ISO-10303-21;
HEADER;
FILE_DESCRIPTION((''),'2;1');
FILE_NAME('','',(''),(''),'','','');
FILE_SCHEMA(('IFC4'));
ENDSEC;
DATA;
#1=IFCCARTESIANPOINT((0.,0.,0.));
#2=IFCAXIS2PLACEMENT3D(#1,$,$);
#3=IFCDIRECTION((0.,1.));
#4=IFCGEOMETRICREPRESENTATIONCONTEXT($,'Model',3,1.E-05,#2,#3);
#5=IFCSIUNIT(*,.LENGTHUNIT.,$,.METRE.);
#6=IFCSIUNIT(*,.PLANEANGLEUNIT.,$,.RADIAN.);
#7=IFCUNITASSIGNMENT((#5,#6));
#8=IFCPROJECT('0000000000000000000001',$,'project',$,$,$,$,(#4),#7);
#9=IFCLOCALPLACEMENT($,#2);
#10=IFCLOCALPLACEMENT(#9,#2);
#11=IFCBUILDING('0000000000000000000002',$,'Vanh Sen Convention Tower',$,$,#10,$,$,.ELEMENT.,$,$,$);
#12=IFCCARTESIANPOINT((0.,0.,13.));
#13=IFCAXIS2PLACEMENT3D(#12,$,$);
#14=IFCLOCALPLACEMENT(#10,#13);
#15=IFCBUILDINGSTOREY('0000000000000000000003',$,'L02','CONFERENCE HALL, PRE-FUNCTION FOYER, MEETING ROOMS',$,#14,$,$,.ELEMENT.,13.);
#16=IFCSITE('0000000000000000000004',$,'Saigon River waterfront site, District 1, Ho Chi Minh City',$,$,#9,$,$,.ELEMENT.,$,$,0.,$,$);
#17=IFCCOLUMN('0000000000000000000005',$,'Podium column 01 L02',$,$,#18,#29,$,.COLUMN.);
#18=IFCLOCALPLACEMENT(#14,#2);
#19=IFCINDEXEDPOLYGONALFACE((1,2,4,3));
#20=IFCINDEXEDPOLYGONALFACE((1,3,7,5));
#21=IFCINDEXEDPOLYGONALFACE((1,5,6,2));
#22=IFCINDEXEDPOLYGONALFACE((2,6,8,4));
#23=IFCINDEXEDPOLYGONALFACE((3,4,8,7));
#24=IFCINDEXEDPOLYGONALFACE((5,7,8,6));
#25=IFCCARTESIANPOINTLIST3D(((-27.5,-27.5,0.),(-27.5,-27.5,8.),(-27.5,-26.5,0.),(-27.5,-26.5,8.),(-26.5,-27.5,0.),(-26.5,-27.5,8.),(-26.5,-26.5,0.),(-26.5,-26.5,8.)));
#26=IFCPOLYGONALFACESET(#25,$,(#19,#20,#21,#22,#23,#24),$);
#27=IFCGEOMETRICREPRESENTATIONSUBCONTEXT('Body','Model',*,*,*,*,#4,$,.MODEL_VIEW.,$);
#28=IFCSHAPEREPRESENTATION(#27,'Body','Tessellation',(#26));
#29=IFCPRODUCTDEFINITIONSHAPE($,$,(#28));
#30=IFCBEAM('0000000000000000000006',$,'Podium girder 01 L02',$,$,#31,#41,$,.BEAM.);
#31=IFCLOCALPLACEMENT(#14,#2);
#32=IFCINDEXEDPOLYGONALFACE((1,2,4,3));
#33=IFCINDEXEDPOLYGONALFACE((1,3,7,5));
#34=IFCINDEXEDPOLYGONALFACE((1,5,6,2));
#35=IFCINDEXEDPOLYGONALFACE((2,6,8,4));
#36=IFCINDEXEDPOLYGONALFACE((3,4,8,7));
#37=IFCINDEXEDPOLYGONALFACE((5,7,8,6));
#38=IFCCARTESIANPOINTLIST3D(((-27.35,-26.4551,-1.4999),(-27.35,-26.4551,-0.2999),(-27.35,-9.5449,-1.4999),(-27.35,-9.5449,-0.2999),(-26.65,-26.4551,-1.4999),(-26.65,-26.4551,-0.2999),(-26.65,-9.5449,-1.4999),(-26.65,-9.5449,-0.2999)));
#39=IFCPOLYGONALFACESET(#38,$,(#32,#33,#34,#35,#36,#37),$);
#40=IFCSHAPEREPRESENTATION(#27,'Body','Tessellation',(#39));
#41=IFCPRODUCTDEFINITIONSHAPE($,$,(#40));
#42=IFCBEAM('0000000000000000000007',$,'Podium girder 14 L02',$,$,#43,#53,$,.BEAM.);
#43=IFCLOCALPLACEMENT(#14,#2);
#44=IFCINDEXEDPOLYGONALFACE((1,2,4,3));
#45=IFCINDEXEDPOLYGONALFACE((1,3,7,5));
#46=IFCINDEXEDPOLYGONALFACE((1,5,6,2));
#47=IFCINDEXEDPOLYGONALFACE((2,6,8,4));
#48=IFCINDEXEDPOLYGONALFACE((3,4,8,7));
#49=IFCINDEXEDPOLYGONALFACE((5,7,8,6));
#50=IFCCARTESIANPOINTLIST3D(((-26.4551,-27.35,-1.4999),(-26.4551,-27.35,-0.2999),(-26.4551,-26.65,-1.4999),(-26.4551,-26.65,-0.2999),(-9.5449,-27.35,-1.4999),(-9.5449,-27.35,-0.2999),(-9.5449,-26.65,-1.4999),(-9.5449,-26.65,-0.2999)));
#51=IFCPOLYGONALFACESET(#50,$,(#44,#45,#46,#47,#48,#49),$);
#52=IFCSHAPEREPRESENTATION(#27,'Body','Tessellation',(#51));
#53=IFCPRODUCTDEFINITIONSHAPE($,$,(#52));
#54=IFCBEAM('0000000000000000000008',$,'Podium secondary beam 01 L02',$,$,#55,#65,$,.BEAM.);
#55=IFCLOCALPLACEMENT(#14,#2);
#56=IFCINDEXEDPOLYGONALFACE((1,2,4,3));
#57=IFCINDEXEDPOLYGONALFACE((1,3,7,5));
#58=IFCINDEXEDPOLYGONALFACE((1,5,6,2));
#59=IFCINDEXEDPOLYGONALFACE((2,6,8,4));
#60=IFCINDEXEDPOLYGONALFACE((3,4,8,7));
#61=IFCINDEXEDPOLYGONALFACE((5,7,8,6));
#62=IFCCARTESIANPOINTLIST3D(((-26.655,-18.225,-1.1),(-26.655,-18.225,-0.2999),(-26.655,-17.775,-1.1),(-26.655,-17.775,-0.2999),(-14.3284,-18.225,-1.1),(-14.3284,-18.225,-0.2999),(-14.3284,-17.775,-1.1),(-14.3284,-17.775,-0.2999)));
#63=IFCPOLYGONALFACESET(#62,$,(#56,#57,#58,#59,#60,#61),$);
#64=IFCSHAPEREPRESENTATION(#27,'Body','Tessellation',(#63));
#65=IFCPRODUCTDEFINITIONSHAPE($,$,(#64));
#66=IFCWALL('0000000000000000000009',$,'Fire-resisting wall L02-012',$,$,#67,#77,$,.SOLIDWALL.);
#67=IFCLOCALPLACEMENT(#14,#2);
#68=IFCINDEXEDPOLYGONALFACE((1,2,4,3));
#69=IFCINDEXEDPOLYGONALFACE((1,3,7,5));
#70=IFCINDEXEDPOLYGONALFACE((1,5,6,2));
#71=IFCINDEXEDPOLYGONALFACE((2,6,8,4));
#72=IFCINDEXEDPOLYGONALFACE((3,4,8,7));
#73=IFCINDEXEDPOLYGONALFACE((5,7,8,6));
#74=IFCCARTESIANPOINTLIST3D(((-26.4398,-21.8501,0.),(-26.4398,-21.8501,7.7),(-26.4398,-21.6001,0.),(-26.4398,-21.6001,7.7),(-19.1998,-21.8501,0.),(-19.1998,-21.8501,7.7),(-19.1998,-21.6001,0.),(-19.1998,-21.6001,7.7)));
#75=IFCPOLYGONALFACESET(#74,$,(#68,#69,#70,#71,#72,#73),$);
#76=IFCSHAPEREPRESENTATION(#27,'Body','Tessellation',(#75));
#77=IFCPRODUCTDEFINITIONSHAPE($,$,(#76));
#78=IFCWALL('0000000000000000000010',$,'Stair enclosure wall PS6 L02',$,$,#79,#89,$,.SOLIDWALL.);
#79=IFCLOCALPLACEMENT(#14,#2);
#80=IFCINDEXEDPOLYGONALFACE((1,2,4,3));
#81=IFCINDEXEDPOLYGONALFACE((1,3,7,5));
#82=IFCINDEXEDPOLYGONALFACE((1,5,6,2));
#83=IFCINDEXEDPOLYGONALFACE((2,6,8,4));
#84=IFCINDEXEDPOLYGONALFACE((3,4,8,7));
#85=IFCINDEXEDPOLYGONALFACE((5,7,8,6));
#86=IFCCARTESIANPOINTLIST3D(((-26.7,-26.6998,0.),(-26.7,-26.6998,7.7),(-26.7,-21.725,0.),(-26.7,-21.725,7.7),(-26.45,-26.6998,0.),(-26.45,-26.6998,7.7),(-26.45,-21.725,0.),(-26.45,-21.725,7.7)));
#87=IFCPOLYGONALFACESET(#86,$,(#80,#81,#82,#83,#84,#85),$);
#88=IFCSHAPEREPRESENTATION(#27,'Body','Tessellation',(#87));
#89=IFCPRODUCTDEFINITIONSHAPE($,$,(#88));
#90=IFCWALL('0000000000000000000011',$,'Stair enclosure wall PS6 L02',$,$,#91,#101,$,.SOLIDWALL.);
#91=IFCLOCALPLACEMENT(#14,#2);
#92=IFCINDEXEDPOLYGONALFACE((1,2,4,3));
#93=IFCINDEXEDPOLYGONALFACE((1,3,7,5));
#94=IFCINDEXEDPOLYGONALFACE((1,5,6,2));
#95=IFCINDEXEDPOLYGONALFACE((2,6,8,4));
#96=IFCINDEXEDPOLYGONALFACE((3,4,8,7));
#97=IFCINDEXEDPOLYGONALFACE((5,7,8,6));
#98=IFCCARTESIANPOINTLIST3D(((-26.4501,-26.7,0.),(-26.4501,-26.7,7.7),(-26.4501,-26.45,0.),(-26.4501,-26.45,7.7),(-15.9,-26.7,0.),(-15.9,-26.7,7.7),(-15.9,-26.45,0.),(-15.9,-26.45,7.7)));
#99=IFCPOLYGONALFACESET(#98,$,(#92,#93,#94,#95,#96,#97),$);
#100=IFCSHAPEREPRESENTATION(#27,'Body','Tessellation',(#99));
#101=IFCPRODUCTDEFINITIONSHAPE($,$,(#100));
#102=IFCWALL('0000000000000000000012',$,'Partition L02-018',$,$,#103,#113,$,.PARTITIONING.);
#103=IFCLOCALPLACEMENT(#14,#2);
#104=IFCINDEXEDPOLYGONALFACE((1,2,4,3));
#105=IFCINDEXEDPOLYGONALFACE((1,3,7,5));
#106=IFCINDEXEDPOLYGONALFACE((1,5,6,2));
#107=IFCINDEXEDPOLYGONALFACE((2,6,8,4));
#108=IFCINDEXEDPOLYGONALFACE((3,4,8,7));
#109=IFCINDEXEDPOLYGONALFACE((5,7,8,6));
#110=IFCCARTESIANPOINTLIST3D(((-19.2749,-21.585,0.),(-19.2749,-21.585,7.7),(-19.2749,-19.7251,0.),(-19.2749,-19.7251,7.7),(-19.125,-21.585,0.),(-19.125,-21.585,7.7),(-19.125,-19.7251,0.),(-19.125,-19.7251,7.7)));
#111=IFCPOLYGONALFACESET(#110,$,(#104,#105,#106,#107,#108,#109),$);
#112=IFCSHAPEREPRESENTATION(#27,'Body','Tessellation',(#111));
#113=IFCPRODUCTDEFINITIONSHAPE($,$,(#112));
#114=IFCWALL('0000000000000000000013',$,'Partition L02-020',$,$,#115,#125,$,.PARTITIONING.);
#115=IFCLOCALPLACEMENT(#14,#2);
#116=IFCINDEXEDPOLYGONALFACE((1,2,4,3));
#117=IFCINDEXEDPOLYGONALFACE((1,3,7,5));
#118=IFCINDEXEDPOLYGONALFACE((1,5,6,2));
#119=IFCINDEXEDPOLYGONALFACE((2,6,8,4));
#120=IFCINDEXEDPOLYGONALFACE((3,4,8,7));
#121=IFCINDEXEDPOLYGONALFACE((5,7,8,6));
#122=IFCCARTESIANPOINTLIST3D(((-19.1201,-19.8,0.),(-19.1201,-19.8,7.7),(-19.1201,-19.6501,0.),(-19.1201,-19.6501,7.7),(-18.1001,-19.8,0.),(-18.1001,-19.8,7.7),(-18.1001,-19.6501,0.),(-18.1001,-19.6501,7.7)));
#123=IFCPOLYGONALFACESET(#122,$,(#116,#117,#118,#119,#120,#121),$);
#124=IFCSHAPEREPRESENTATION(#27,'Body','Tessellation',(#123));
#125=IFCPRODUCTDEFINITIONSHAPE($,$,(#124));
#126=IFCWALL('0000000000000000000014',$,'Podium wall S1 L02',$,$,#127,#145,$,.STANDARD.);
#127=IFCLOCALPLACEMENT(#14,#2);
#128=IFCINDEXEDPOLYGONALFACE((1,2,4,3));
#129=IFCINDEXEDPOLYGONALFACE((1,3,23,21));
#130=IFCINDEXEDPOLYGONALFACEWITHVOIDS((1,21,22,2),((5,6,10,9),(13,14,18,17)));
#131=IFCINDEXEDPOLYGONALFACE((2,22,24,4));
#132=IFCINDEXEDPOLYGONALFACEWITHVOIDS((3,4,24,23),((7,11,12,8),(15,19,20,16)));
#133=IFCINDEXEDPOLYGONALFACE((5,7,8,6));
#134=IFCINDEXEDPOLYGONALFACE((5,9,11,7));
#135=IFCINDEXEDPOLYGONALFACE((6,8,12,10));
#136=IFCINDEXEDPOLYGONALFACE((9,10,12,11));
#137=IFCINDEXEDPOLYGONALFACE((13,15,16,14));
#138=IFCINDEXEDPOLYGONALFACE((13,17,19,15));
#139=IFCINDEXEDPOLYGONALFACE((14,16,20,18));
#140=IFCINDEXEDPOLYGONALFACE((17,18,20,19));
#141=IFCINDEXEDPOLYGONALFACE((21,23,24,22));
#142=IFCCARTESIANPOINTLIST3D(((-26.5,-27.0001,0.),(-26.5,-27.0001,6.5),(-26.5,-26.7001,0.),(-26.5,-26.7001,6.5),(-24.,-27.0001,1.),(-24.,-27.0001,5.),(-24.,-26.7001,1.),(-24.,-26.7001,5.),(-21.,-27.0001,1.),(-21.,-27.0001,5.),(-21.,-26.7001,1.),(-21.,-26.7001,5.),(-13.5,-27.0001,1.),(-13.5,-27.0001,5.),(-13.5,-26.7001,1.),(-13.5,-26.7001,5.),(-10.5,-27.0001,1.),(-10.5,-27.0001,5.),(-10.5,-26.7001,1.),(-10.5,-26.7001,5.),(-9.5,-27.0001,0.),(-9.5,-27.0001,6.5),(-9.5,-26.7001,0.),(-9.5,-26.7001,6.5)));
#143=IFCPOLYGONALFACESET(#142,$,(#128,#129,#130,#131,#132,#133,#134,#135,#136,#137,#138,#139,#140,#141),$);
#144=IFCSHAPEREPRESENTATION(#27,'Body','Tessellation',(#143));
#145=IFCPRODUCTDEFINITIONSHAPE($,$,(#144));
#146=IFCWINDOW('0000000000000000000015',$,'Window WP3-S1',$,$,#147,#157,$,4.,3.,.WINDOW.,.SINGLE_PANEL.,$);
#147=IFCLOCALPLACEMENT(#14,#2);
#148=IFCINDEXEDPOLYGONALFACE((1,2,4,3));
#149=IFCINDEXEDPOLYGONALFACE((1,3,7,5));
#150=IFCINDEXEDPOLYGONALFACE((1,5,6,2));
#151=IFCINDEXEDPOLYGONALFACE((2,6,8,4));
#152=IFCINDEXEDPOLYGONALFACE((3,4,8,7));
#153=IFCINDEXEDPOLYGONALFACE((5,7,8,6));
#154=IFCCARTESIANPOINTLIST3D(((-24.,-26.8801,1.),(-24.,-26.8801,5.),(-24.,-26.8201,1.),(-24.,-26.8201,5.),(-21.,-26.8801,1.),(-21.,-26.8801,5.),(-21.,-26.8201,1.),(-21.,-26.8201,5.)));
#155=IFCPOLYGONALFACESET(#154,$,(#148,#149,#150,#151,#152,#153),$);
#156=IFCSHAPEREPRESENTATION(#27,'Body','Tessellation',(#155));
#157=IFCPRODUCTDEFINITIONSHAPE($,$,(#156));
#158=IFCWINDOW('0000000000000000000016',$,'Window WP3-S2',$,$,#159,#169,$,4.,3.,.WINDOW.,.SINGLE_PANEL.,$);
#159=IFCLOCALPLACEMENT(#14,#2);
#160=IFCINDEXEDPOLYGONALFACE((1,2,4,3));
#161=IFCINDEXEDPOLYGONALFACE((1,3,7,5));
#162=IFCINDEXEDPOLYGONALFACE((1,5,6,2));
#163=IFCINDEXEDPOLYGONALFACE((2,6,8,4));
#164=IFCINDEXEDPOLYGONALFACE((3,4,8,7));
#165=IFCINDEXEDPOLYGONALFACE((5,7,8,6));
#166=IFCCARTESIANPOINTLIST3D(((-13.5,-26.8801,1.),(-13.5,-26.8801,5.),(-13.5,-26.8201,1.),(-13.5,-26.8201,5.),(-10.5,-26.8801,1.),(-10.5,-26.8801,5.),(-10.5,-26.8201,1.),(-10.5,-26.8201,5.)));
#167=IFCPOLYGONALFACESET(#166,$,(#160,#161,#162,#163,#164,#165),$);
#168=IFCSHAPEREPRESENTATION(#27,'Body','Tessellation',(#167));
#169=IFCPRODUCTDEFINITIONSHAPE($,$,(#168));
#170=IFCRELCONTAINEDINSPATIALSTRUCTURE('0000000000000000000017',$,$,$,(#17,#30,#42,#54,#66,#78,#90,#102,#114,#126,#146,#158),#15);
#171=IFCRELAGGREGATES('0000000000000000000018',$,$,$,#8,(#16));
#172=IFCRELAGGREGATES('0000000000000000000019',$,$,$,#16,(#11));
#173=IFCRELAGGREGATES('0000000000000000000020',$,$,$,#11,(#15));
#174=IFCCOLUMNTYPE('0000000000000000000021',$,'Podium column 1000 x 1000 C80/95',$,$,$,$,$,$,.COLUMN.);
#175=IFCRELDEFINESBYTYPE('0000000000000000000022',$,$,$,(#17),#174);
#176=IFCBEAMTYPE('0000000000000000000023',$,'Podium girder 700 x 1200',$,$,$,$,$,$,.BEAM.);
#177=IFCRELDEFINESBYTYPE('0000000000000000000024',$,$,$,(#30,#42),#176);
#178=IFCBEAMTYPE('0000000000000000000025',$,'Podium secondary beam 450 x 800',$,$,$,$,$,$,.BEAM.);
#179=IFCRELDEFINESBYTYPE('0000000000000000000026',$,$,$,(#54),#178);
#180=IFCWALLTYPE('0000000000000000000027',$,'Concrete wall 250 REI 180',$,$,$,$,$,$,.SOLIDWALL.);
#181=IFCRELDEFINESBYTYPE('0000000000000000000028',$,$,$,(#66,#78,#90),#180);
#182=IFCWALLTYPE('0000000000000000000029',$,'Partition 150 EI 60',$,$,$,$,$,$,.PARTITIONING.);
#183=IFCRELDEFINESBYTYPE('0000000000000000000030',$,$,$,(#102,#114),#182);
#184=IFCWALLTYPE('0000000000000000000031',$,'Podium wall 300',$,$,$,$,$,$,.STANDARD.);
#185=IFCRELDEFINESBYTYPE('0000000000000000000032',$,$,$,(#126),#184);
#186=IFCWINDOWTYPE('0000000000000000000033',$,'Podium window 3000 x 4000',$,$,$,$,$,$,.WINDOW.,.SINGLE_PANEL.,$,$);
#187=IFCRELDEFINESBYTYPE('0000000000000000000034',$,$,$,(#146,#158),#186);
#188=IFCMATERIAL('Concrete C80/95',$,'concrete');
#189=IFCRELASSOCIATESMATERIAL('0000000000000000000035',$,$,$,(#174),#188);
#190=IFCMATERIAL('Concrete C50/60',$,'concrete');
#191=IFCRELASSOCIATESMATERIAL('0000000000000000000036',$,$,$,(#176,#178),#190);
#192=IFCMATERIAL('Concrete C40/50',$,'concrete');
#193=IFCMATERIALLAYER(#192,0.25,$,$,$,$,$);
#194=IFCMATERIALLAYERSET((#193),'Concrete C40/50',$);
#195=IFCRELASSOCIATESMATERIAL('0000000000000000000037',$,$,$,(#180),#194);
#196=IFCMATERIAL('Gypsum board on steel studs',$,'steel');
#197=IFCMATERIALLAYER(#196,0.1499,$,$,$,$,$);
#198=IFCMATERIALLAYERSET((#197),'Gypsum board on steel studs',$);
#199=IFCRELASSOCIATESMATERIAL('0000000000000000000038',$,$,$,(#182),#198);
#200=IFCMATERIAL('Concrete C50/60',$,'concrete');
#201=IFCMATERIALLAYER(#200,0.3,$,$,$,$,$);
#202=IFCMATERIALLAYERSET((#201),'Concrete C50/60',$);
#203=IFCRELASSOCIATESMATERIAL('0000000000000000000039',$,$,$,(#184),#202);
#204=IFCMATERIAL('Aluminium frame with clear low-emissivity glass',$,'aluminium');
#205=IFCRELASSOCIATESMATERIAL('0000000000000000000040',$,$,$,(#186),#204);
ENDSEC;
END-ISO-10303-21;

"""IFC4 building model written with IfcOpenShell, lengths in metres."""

from ifc_helpers import new_model, si_unit, direction, frame, frame_2d, origin, origin_2d, place, context, subcontext, project, spatial, rectangle, extrude, material, layer, layer_set, material_profile, profile_set, type_object, element, fill, save


model = new_model("IFC4")

# Units and contexts
model_context = context("Model", 3, precision=1e-05, world=origin(), true_north=direction((0.0, 1.0)))
body_context = subcontext(model_context, "Body", "Model", "MODEL_VIEW")
ifc_project = project(units=[si_unit("LENGTHUNIT", "METRE"), si_unit("PLANEANGLEUNIT", "RADIAN")], contexts=[model_context])

# Site, building, storey
site_placement = place(None, origin())
site = spatial("IfcSite", under=ifc_project, at=site_placement, Name="Saigon River waterfront site, District 1, Ho Chi Minh City", CompositionType="ELEMENT", RefElevation=0.0)
building_placement = place(site_placement, origin())
building = spatial("IfcBuilding", under=site, at=building_placement, Name="Vanh Sen Convention Tower", CompositionType="ELEMENT")
storey_placement = place(building_placement, frame((0.0, 0.0, 13.0)))
storey = spatial("IfcBuildingStorey", under=building, at=storey_placement, Name="L02", Description="CONFERENCE HALL, PRE-FUNCTION FOYER, MEETING ROOMS", CompositionType="ELEMENT", Elevation=13.0)

# Column
ifc_material_1 = material(Name="Concrete C80/95", Category="concrete")
ifc_material_profile_1 = material_profile(ifc_material_1, rectangle(XDim=1.0, YDim=1.0, at=origin_2d()), Name="RC 1000X1000")
ifc_profile_set_1 = profile_set([ifc_material_profile_1], Name="Concrete C80/95")
column_type = type_object("IfcColumnType", Name="Podium column 1000 x 1000 C80/95", PredefinedType="COLUMN", material=ifc_profile_set_1)
column_placement = place(storey_placement, frame((-27.0, -27.0, 0.0), z_axis=(0.0, 0.0, 1.0), x_axis=(1.0, 0.0, 0.0)))
element("IfcColumn", 1, at=column_placement, inside=storey, type_object=column_type, Name="Podium column 01 L02", PredefinedType="COLUMN", context=body_context, shape_type="SweptSolid", body=[
    extrude(rectangle(XDim=1.0, YDim=1.0, at=origin_2d()), origin(), (0.0, 0.0, 1.0), 8.0),
])

# Beams
ifc_material_2 = material(Name="Concrete C50/60", Category="concrete")
ifc_material_profile_2 = material_profile(ifc_material_2, rectangle(XDim=0.7, YDim=1.2, at=origin_2d()), Name="RC 700X1200")
ifc_profile_set_2 = profile_set([ifc_material_profile_2], Name="Concrete C50/60")
beam_type_1 = type_object("IfcBeamType", Name="Podium girder 700 x 1200", PredefinedType="BEAM", material=ifc_profile_set_2)
for number, where, z_axis, x_axis, name in (
    (2, (-27.0, -26.4551, -0.8999), (0.0, 1.0, 0.0), (-1.0, 0.0, 0.0), "Podium girder 01 L02"),
    (3, (-26.4551, -27.0, -0.8999), (1.0, 0.0, 0.0), (0.0, 1.0, 0.0), "Podium girder 14 L02"),
):
    element("IfcBeam", number, at=place(storey_placement, frame(where, z_axis=z_axis, x_axis=x_axis)), inside=storey, type_object=beam_type_1, Name=name, PredefinedType="BEAM", context=body_context, shape_type="SweptSolid", body=[
        extrude(rectangle(XDim=0.7, YDim=1.2, at=origin_2d()), origin(), (0.0, 0.0, 1.0), 16.9102),
    ])
ifc_material_profile_3 = material_profile(ifc_material_2, rectangle(XDim=0.45, YDim=0.8, at=origin_2d()), Name="RC 450X800")
ifc_profile_set_3 = profile_set([ifc_material_profile_3], Name="Concrete C50/60")
beam_type_2 = type_object("IfcBeamType", Name="Podium secondary beam 450 x 800", PredefinedType="BEAM", material=ifc_profile_set_3)
beam_placement = place(storey_placement, frame((-26.655, -18.0, -0.7), z_axis=(1.0, 0.0, 0.0), x_axis=(0.0, 1.0, 0.0)))
element("IfcBeam", 4, at=beam_placement, inside=storey, type_object=beam_type_2, Name="Podium secondary beam 01 L02", PredefinedType="BEAM", context=body_context, shape_type="SweptSolid", body=[
    extrude(rectangle(XDim=0.45, YDim=0.8, at=origin_2d()), origin(), (0.0, 0.0, 1.0), 12.3267),
])

# Wall
ifc_material_3 = material(Name="Concrete C40/50", Category="concrete")
ifc_layer_1 = layer(ifc_material_3, 0.25)
ifc_layer_set_1 = layer_set([ifc_layer_1], Name="Concrete C40/50")
wall_type_1 = type_object("IfcWallType", Name="Concrete wall 250 REI 180", PredefinedType="SOLIDWALL", material=ifc_layer_set_1)
wall_1_placement = place(storey_placement, frame((-26.4399, -21.7251, 0.0), z_axis=(0.0, 0.0, 1.0), x_axis=(1.0, 0.0, 0.0)))
element("IfcWall", 5, at=wall_1_placement, inside=storey, type_object=wall_type_1, Name="Fire-resisting wall L02-012", PredefinedType="SOLIDWALL", context=body_context, shape_type="SweptSolid", body=[
    extrude(rectangle(XDim=7.24, YDim=0.25, at=frame_2d((3.6201, 0.0))), origin(), (0.0, 0.0, 1.0), 7.7),
])

# Walls
wall_2_placement = place(storey_placement, frame((-26.575, -21.7251, 0.0), z_axis=(0.0, 0.0, 1.0), x_axis=(0.0, -1.0, 0.0)))
element("IfcWall", 6, at=wall_2_placement, inside=storey, type_object=wall_type_1, Name="Stair enclosure wall PS6 L02", PredefinedType="SOLIDWALL", context=body_context, shape_type="SweptSolid", body=[
    extrude(rectangle(XDim=4.9749, YDim=0.25, at=frame_2d((2.4873, 0.0))), origin(), (0.0, 0.0, 1.0), 7.7),
])
wall_3_placement = place(storey_placement, frame((-26.45, -26.575, 0.0), z_axis=(0.0, 0.0, 1.0), x_axis=(1.0, 0.0, 0.0)))
element("IfcWall", 7, at=wall_3_placement, inside=storey, type_object=wall_type_1, Name="Stair enclosure wall PS6 L02", PredefinedType="SOLIDWALL", context=body_context, shape_type="SweptSolid", body=[
    extrude(rectangle(XDim=10.55, YDim=0.25, at=frame_2d((5.2749, 0.0))), origin(), (0.0, 0.0, 1.0), 7.7),
])
ifc_material_4 = material(Name="Gypsum board on steel studs", Category="steel")
ifc_layer_2 = layer(ifc_material_4, 0.1499)
ifc_layer_set_2 = layer_set([ifc_layer_2], Name="Gypsum board on steel studs")
wall_type_2 = type_object("IfcWallType", Name="Partition 150 EI 60", PredefinedType="PARTITIONING", material=ifc_layer_set_2)
wall_4_placement = place(storey_placement, frame((-19.2, -21.585, 0.0), z_axis=(0.0, 0.0, 1.0), x_axis=(0.0, 1.0, 0.0)))
element("IfcWall", 8, at=wall_4_placement, inside=storey, type_object=wall_type_2, Name="Partition L02-018", PredefinedType="PARTITIONING", context=body_context, shape_type="SweptSolid", body=[
    extrude(rectangle(XDim=1.8599, YDim=0.1499, at=frame_2d((0.9299, 0.0))), origin(), (0.0, 0.0, 1.0), 7.7),
])
wall_5_placement = place(storey_placement, frame((-19.1201, -19.7251, 0.0), z_axis=(0.0, 0.0, 1.0), x_axis=(1.0, 0.0, 0.0)))
element("IfcWall", 9, at=wall_5_placement, inside=storey, type_object=wall_type_2, Name="Partition L02-020", PredefinedType="PARTITIONING", context=body_context, shape_type="SweptSolid", body=[
    extrude(rectangle(XDim=1.02, YDim=0.1499, at=frame_2d((0.51, 0.0))), origin(), (0.0, 0.0, 1.0), 7.7),
])

# Wall, openings, windows
ifc_material_5 = material(Name="Concrete C50/60", Category="concrete")
ifc_layer_3 = layer(ifc_material_5, 0.3)
ifc_layer_set_3 = layer_set([ifc_layer_3], Name="Concrete C50/60")
wall_type_3 = type_object("IfcWallType", Name="Podium wall 300", PredefinedType="STANDARD", material=ifc_layer_set_3)
wall_6_placement = place(storey_placement, frame((-26.5, -26.8501, 0.0), z_axis=(0.0, 0.0, 1.0), x_axis=(1.0, 0.0, 0.0)))
wall_6 = element("IfcWall", 10, at=wall_6_placement, inside=storey, type_object=wall_type_3, Name="Podium wall S1 L02", PredefinedType="STANDARD", context=body_context, shape_type="SweptSolid", body=[
    extrude(rectangle(XDim=17.0, YDim=0.3, at=frame_2d((8.5, 0.0))), origin(), (0.0, 0.0, 1.0), 6.5),
])
opening_1_placement = place(wall_6_placement, frame((2.5, 0.0, 1.0)))
opening_1 = element("IfcOpeningElement", 11, at=opening_1_placement, cuts=wall_6, PredefinedType="OPENING", context=body_context, shape_type="SweptSolid", body=[
    extrude(rectangle(XDim=3.0, YDim=4.0, at=frame_2d((1.5, 2.0))), frame((0.0, 0.1599, 0.0), z_axis=(0.0, -1.0, 0.0), x_axis=(1.0, 0.0, 0.0)), (0.0, 0.0, 1.0), 0.3201),
])
opening_2_placement = place(wall_6_placement, frame((13.0, 0.0, 1.0)))
opening_2 = element("IfcOpeningElement", 12, at=opening_2_placement, cuts=wall_6, PredefinedType="OPENING", context=body_context, shape_type="SweptSolid", body=[
    extrude(rectangle(XDim=3.0, YDim=4.0, at=frame_2d((1.5, 2.0))), frame((0.0, 0.1599, 0.0), z_axis=(0.0, -1.0, 0.0), x_axis=(1.0, 0.0, 0.0)), (0.0, 0.0, 1.0), 0.3201),
])
ifc_material_6 = material(Name="Aluminium frame with clear low-emissivity glass", Category="aluminium")
window_type = type_object("IfcWindowType", Name="Podium window 3000 x 4000", PartitioningType="SINGLE_PANEL", PredefinedType="WINDOW", material=ifc_material_6)
window_1_placement = place(opening_1_placement, origin())
window_1 = element("IfcWindow", 13, at=window_1_placement, inside=storey, type_object=window_type, Name="Window WP3-S1", OverallHeight=4.0, OverallWidth=3.0, PartitioningType="SINGLE_PANEL", PredefinedType="WINDOW", context=body_context, shape_type="SweptSolid", body=[
    extrude(rectangle(XDim=3.0, YDim=4.0, at=frame_2d((1.5, 2.0))), frame((0.0, 0.03, 0.0), z_axis=(0.0, -1.0, 0.0), x_axis=(1.0, 0.0, 0.0)), (0.0, 0.0, 1.0), 0.0601),
])
fill(opening_1, window_1)
window_2_placement = place(opening_2_placement, origin())
window_2 = element("IfcWindow", 14, at=window_2_placement, inside=storey, type_object=window_type, Name="Window WP3-S2", OverallHeight=4.0, OverallWidth=3.0, PartitioningType="SINGLE_PANEL", PredefinedType="WINDOW", context=body_context, shape_type="SweptSolid", body=[
    extrude(rectangle(XDim=3.0, YDim=4.0, at=frame_2d((1.5, 2.0))), frame((0.0, 0.03, 0.0), z_axis=(0.0, -1.0, 0.0), x_axis=(1.0, 0.0, 0.0)), (0.0, 0.0, 1.0), 0.0601),
])
fill(opening_2, window_2)

save(model, "model.ifc")
